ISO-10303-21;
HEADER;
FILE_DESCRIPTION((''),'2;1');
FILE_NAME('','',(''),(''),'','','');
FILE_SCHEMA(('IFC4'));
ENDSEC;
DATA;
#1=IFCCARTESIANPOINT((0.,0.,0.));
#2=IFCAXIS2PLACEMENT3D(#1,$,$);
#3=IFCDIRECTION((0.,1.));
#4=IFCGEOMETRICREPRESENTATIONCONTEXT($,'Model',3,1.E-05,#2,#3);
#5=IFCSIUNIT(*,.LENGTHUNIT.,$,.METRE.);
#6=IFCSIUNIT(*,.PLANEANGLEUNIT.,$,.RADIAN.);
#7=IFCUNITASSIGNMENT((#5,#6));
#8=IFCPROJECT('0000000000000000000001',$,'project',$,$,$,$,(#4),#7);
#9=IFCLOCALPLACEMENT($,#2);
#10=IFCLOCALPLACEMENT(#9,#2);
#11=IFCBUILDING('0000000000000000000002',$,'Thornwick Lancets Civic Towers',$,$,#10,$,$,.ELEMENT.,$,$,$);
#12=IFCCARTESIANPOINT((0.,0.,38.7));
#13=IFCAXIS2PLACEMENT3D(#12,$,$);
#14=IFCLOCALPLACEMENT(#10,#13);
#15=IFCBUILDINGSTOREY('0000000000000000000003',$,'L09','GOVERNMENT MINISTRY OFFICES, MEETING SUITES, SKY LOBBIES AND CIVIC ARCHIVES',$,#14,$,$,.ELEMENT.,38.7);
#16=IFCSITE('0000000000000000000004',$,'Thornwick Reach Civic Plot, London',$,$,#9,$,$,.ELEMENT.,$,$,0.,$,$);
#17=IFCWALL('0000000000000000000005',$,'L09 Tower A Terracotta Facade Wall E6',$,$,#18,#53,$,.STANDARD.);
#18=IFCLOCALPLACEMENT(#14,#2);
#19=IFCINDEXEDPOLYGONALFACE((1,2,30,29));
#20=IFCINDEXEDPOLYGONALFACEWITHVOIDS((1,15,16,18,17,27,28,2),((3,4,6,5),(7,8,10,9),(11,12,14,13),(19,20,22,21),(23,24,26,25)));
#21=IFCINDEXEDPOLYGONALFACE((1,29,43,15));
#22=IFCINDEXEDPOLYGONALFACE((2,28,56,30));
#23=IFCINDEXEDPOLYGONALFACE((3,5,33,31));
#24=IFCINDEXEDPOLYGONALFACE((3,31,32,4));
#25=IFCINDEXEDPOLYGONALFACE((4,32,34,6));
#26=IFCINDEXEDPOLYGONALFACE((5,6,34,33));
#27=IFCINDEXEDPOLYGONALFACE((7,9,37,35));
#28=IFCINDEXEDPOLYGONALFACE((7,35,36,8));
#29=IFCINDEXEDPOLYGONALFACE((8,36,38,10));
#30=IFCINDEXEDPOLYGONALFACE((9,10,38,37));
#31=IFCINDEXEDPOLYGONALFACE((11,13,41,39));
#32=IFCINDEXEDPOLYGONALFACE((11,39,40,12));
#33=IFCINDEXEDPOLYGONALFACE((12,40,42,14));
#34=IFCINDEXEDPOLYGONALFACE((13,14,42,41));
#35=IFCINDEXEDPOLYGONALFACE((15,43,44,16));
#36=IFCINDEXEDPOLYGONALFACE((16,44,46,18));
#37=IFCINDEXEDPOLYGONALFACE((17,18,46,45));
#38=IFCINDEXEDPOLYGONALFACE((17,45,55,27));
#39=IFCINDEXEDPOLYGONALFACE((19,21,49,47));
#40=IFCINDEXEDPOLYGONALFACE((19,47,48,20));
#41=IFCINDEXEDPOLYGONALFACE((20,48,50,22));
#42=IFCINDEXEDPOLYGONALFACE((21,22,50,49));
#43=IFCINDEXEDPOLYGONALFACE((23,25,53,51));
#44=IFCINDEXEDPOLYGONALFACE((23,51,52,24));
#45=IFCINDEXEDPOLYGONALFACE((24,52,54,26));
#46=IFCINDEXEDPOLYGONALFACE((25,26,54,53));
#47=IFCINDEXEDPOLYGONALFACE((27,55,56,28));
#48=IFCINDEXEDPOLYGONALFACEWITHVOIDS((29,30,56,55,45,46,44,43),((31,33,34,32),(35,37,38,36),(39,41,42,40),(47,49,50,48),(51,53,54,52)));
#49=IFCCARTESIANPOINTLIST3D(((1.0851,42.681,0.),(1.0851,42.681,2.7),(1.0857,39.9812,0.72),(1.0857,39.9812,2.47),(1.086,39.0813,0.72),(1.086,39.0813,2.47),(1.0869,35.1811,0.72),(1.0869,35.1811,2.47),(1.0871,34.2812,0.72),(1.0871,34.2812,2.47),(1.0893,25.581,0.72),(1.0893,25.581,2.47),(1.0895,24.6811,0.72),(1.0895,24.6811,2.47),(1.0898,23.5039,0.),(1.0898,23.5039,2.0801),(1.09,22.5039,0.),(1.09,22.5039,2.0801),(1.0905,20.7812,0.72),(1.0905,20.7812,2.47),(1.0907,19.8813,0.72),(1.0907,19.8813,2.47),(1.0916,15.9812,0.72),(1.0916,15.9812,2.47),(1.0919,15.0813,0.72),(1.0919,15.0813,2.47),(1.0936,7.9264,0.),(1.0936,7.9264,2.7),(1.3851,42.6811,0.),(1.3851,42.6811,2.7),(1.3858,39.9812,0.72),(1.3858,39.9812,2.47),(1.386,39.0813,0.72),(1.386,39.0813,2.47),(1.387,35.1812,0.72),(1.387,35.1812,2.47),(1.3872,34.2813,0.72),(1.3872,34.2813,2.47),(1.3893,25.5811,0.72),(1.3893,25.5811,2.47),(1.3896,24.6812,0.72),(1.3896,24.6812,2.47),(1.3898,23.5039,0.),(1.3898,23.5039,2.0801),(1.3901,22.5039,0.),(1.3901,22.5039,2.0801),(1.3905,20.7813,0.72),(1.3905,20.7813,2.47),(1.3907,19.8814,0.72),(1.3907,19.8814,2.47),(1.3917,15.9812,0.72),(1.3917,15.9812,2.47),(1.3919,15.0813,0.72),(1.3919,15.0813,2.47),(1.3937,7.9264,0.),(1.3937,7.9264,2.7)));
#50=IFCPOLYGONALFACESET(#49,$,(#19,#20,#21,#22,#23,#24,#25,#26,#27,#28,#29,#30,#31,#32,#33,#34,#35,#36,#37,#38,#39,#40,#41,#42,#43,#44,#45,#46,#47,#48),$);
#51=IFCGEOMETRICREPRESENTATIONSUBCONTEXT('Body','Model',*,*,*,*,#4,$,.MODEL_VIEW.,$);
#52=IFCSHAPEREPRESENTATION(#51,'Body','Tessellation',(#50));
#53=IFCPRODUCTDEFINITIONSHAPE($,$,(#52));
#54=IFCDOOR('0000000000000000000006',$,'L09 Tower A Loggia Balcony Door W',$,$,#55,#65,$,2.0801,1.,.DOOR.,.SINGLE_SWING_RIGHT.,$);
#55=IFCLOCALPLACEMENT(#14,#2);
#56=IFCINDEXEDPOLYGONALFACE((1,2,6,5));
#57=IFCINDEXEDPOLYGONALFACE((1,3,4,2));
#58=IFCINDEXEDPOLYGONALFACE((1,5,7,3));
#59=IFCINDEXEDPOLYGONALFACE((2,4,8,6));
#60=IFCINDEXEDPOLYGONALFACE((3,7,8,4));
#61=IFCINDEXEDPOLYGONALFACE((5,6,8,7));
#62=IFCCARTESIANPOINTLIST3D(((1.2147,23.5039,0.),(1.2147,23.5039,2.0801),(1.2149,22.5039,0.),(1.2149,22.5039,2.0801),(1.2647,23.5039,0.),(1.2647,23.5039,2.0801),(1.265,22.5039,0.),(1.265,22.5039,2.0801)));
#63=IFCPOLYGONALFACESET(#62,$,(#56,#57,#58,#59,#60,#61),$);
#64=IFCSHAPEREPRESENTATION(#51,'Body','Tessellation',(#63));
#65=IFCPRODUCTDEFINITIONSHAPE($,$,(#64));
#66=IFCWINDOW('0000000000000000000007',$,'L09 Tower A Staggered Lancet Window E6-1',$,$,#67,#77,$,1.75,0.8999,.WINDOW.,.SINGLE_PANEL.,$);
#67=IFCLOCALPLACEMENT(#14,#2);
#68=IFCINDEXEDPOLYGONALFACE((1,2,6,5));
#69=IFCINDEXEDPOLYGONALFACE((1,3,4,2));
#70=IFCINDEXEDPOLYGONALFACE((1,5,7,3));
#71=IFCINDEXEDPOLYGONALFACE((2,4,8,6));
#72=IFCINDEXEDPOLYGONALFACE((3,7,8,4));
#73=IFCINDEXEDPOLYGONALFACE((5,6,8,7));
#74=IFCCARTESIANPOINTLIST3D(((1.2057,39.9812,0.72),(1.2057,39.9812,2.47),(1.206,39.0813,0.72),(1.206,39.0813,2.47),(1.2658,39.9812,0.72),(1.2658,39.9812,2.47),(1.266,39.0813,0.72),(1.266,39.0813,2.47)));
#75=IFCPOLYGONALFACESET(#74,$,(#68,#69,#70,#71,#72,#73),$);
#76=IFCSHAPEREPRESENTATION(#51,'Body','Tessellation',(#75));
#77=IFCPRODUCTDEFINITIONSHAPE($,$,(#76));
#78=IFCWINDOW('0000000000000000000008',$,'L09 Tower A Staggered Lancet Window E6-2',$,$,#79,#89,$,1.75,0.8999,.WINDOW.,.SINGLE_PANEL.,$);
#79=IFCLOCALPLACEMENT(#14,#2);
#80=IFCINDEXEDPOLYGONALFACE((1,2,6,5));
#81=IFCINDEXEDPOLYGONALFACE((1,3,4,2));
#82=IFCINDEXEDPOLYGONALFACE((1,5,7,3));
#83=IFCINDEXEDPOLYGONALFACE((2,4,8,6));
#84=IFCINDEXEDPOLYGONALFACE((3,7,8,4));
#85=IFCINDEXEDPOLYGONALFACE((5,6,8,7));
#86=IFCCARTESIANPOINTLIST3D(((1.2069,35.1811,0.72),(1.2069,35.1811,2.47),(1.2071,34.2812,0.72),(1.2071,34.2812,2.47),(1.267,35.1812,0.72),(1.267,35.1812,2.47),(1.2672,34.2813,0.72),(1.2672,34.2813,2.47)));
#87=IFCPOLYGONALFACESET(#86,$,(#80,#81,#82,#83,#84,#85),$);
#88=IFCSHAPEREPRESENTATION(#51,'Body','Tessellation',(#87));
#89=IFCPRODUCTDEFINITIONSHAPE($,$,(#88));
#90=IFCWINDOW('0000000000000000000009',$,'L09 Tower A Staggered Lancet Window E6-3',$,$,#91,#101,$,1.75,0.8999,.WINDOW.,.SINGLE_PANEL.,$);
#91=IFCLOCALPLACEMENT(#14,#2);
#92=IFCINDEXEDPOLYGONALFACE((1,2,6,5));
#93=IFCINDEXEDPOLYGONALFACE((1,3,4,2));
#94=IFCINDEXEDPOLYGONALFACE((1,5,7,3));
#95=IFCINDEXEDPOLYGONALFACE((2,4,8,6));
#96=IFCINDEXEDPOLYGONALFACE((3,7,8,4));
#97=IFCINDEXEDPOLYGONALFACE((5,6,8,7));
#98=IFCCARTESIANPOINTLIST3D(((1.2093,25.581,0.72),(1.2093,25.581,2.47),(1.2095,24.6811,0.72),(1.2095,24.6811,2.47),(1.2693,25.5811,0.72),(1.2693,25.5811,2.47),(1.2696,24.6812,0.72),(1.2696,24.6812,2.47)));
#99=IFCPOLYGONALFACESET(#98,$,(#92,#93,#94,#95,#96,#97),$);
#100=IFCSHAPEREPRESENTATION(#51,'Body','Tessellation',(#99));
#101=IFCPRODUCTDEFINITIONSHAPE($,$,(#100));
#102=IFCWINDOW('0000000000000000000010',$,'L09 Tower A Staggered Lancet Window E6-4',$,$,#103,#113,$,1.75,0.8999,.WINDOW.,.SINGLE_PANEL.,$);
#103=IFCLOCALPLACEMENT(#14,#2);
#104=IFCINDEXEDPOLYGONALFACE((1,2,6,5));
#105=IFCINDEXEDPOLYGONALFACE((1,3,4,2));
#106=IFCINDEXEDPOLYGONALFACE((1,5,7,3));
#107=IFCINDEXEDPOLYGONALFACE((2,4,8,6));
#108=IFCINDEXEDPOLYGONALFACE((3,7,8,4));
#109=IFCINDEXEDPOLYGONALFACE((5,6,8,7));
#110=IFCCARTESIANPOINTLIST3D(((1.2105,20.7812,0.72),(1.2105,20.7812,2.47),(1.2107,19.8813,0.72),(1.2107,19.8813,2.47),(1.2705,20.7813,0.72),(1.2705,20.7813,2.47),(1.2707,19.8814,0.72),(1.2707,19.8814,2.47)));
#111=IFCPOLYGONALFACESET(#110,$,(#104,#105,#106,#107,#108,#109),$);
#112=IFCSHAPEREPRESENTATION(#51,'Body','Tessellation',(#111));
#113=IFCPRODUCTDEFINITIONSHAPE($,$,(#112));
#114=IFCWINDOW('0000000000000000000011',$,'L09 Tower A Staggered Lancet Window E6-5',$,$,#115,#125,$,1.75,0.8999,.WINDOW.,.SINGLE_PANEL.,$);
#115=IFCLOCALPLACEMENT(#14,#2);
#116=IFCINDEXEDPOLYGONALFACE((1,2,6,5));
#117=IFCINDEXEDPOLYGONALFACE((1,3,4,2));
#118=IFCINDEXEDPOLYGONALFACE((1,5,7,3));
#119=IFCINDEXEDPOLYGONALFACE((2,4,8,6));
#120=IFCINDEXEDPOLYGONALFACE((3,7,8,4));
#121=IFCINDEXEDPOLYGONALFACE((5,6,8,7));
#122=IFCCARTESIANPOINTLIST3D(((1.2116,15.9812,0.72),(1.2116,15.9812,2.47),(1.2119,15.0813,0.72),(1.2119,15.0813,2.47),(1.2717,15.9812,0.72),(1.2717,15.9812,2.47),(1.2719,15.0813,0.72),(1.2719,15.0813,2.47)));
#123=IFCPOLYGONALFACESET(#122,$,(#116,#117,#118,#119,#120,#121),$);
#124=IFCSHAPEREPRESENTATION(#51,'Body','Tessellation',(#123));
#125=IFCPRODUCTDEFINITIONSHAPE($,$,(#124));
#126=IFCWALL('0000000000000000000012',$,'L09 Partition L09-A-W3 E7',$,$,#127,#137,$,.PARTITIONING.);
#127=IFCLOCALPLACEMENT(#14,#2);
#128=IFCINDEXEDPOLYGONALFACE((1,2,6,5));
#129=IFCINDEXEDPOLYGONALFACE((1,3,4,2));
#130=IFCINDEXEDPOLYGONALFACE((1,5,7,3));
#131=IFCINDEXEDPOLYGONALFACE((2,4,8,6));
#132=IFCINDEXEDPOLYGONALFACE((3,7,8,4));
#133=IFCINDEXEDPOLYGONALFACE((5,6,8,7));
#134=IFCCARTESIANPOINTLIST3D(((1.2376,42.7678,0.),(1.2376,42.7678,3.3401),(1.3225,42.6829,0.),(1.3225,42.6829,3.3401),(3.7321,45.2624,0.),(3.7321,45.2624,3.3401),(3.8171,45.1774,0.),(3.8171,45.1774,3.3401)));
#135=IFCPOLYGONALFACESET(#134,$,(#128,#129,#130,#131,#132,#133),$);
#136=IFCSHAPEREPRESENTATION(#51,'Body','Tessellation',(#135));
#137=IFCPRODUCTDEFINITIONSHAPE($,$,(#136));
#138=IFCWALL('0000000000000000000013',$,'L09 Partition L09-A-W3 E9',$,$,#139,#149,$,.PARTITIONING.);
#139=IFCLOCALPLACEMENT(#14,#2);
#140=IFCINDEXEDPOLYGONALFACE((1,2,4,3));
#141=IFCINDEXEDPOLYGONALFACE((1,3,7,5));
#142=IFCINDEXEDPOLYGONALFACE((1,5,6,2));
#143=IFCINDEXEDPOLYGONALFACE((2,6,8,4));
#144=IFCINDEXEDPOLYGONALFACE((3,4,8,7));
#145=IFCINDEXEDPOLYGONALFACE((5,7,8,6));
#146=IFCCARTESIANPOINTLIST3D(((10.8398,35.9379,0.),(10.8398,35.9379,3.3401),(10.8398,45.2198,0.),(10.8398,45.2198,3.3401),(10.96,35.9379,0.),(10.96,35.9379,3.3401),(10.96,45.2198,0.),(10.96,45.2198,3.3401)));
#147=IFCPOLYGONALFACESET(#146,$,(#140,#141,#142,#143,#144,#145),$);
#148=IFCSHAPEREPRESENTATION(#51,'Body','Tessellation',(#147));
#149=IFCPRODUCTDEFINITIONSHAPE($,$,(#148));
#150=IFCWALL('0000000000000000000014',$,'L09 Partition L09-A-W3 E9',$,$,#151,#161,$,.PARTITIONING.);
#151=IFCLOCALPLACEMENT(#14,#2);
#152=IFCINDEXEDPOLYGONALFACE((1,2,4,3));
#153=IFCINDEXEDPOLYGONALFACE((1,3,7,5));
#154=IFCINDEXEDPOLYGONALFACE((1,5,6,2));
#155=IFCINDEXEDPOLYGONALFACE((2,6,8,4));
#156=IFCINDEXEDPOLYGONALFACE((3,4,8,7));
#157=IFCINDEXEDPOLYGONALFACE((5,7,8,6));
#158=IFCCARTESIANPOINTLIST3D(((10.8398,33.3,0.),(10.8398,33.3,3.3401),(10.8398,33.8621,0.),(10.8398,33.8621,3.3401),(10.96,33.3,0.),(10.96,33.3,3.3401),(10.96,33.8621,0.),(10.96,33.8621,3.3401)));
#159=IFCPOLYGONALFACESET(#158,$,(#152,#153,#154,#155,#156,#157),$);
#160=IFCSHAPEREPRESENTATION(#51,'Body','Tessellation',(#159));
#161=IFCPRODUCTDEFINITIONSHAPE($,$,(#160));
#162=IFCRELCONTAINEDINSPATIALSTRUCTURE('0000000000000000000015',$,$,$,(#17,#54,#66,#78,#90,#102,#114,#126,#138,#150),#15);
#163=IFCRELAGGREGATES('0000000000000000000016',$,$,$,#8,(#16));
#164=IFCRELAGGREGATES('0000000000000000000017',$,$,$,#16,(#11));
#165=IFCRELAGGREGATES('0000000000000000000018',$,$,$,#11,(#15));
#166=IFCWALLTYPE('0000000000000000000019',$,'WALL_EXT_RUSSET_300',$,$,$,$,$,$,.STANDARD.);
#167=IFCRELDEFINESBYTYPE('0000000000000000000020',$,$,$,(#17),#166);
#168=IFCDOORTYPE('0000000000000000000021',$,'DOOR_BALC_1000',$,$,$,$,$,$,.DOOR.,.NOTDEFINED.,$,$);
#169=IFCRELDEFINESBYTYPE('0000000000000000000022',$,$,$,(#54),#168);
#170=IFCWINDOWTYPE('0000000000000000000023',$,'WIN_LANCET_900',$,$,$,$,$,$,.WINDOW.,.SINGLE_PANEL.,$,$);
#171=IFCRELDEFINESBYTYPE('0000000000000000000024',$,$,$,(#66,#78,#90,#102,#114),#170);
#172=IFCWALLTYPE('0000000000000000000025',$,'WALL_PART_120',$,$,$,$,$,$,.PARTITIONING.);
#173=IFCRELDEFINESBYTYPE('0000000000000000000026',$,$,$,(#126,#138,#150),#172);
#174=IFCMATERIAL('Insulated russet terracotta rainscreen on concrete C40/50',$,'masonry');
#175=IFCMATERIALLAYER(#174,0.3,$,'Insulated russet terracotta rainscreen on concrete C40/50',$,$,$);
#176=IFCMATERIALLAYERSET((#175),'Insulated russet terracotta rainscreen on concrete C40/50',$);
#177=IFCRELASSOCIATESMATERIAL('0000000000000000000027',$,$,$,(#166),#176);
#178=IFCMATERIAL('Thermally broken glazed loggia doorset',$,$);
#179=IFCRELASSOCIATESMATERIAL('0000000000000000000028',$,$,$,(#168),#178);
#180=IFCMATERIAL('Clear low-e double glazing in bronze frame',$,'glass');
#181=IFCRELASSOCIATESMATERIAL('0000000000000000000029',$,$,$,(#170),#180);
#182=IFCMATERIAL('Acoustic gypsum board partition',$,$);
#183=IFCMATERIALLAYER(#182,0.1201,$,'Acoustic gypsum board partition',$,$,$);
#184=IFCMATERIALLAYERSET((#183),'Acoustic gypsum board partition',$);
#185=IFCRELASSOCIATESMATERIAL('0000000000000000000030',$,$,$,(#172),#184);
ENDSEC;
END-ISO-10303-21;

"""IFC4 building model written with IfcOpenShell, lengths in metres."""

from ifc_helpers import new_model, si_unit, direction, frame, frame_2d, origin, place, context, subcontext, project, spatial, rectangle, extrude, material, layer, layer_set, type_object, element, fill, save


model = new_model("IFC4")

# Units and contexts
model_context = context("Model", 3, precision=1e-05, world=origin(), true_north=direction((0.0, 1.0)))
body_context = subcontext(model_context, "Body", "Model", "MODEL_VIEW")
ifc_project = project(units=[si_unit("LENGTHUNIT", "METRE"), si_unit("PLANEANGLEUNIT", "RADIAN")], contexts=[model_context])

# Site, building, storey
site_placement = place(None, origin())
site = spatial("IfcSite", under=ifc_project, at=site_placement, Name="Thornwick Reach Civic Plot, London", CompositionType="ELEMENT", RefElevation=0.0)
building_placement = place(site_placement, origin())
building = spatial("IfcBuilding", under=site, at=building_placement, Name="Thornwick Lancets Civic Towers", CompositionType="ELEMENT")
storey_placement = place(building_placement, frame((0.0, 0.0, 38.7)))
storey = spatial("IfcBuildingStorey", under=building, at=storey_placement, Name="L09", Description="GOVERNMENT MINISTRY OFFICES, MEETING SUITES, SKY LOBBIES AND CIVIC ARCHIVES", CompositionType="ELEMENT", Elevation=38.7)

# Wall, openings, door, windows
ifc_material_1 = material(Name="Insulated russet terracotta rainscreen on concrete C40/50", Category="masonry")
ifc_layer_1 = layer(ifc_material_1, 0.3, Name="Insulated russet terracotta rainscreen on concrete C40/50")
ifc_layer_set_1 = layer_set([ifc_layer_1], Name="Insulated russet terracotta rainscreen on concrete C40/50")
wall_type_1 = type_object("IfcWallType", Name="WALL_EXT_RUSSET_300", PredefinedType="STANDARD", material=ifc_layer_set_1)
wall_1_placement = place(storey_placement, frame((1.2351, 42.6812, 0.0), z_axis=(0.0, 0.0, 1.0), x_axis=(0.000246, -1.0, 0.0)))
wall_1 = element("IfcWall", 1, at=wall_1_placement, inside=storey, type_object=wall_type_1, Name="L09 Tower A Terracotta Facade Wall E6", PredefinedType="STANDARD", context=body_context, shape_type="SweptSolid", body=[
    extrude(rectangle(XDim=34.7546, YDim=0.3, at=frame_2d((17.3774, 0.0))), origin(), (0.0, 0.0, 1.0), 2.7),
])
opening_1_placement = place(wall_1_placement, frame((19.1772, 0.0, 0.0)))
opening_1 = element("IfcOpeningElement", 2, at=opening_1_placement, cuts=wall_1, PredefinedType="OPENING", context=body_context, shape_type="SweptSolid", body=[
    extrude(rectangle(XDim=1.0, YDim=2.0801, at=frame_2d((0.5, 1.04))), frame((0.0, 0.1602, 0.0), z_axis=(0.0, -1.0, 0.0), x_axis=(1.0, 0.0, 0.0)), (0.0, 0.0, 1.0), 0.3201),
])
opening_2_placement = place(wall_1_placement, frame((2.7, 0.0, 0.72)))
opening_2 = element("IfcOpeningElement", 3, at=opening_2_placement, cuts=wall_1, PredefinedType="OPENING", context=body_context, shape_type="SweptSolid", body=[
    extrude(rectangle(XDim=0.8999, YDim=1.75, at=frame_2d((0.45, 0.875))), frame((0.0, 0.1602, 0.0), z_axis=(0.0, -1.0, 0.0), x_axis=(1.0, 0.0, 0.0)), (0.0, 0.0, 1.0), 0.3201),
])
opening_3_placement = place(wall_1_placement, frame((7.5, 0.0, 0.72)))
opening_3 = element("IfcOpeningElement", 4, at=opening_3_placement, cuts=wall_1, PredefinedType="OPENING", context=body_context, shape_type="SweptSolid", body=[
    extrude(rectangle(XDim=0.8999, YDim=1.75, at=frame_2d((0.45, 0.875))), frame((0.0, 0.1602, 0.0), z_axis=(0.0, -1.0, 0.0), x_axis=(1.0, 0.0, 0.0)), (0.0, 0.0, 1.0), 0.3201),
])
opening_4_placement = place(wall_1_placement, frame((17.1001, 0.0, 0.72)))
opening_4 = element("IfcOpeningElement", 5, at=opening_4_placement, cuts=wall_1, PredefinedType="OPENING", context=body_context, shape_type="SweptSolid", body=[
    extrude(rectangle(XDim=0.8999, YDim=1.75, at=frame_2d((0.45, 0.875))), frame((0.0, 0.1602, 0.0), z_axis=(0.0, -1.0, 0.0), x_axis=(1.0, 0.0, 0.0)), (0.0, 0.0, 1.0), 0.3201),
])
opening_5_placement = place(wall_1_placement, frame((21.8999, 0.0, 0.72)))
opening_5 = element("IfcOpeningElement", 6, at=opening_5_placement, cuts=wall_1, PredefinedType="OPENING", context=body_context, shape_type="SweptSolid", body=[
    extrude(rectangle(XDim=0.8999, YDim=1.75, at=frame_2d((0.45, 0.875))), frame((0.0, 0.1602, 0.0), z_axis=(0.0, -1.0, 0.0), x_axis=(1.0, 0.0, 0.0)), (0.0, 0.0, 1.0), 0.3201),
])
opening_6_placement = place(wall_1_placement, frame((26.7, 0.0, 0.72)))
opening_6 = element("IfcOpeningElement", 7, at=opening_6_placement, cuts=wall_1, PredefinedType="OPENING", context=body_context, shape_type="SweptSolid", body=[
    extrude(rectangle(XDim=0.8999, YDim=1.75, at=frame_2d((0.45, 0.875))), frame((0.0, 0.1602, 0.0), z_axis=(0.0, -1.0, 0.0), x_axis=(1.0, 0.0, 0.0)), (0.0, 0.0, 1.0), 0.3201),
])
ifc_material_2 = material(Name="Thermally broken glazed loggia doorset")
door_type = type_object("IfcDoorType", Name="DOOR_BALC_1000", OperationType="NOTDEFINED", PredefinedType="DOOR", material=ifc_material_2)
door_placement = place(opening_1_placement, origin())
door = element("IfcDoor", 8, at=door_placement, inside=storey, type_object=door_type, Name="L09 Tower A Loggia Balcony Door W", OperationType="SINGLE_SWING_RIGHT", OverallHeight=2.0801, OverallWidth=1.0, PredefinedType="DOOR", context=body_context, shape_type="SweptSolid", body=[
    extrude(rectangle(XDim=1.0, YDim=2.0801, at=frame_2d((0.5, 1.04))), frame((0.0, 0.0249, 0.0), z_axis=(0.0, -1.0, 0.0), x_axis=(1.0, 0.0, 0.0)), (0.0, 0.0, 1.0), 0.05),
])
fill(opening_1, door)
ifc_material_3 = material(Name="Clear low-e double glazing in bronze frame", Category="glass")
window_type = type_object("IfcWindowType", Name="WIN_LANCET_900", PartitioningType="SINGLE_PANEL", PredefinedType="WINDOW", material=ifc_material_3)
window_1_placement = place(opening_2_placement, origin())
window_1 = element("IfcWindow", 9, at=window_1_placement, inside=storey, type_object=window_type, Name="L09 Tower A Staggered Lancet Window E6-1", OverallHeight=1.75, OverallWidth=0.8999, PartitioningType="SINGLE_PANEL", PredefinedType="WINDOW", context=body_context, shape_type="SweptSolid", body=[
    extrude(rectangle(XDim=0.8999, YDim=1.75, at=frame_2d((0.45, 0.875))), frame((0.0, 0.03, 0.0), z_axis=(0.0, -1.0, 0.0), x_axis=(1.0, 0.0, 0.0)), (0.0, 0.0, 1.0), 0.0601),
])
fill(opening_2, window_1)
window_2_placement = place(opening_3_placement, origin())
window_2 = element("IfcWindow", 10, at=window_2_placement, inside=storey, type_object=window_type, Name="L09 Tower A Staggered Lancet Window E6-2", OverallHeight=1.75, OverallWidth=0.8999, PartitioningType="SINGLE_PANEL", PredefinedType="WINDOW", context=body_context, shape_type="SweptSolid", body=[
    extrude(rectangle(XDim=0.8999, YDim=1.75, at=frame_2d((0.45, 0.875))), frame((0.0, 0.03, 0.0), z_axis=(0.0, -1.0, 0.0), x_axis=(1.0, 0.0, 0.0)), (0.0, 0.0, 1.0), 0.0601),
])
fill(opening_3, window_2)
window_3_placement = place(opening_4_placement, origin())
window_3 = element("IfcWindow", 11, at=window_3_placement, inside=storey, type_object=window_type, Name="L09 Tower A Staggered Lancet Window E6-3", OverallHeight=1.75, OverallWidth=0.8999, PartitioningType="SINGLE_PANEL", PredefinedType="WINDOW", context=body_context, shape_type="SweptSolid", body=[
    extrude(rectangle(XDim=0.8999, YDim=1.75, at=frame_2d((0.45, 0.875))), frame((0.0, 0.03, 0.0), z_axis=(0.0, -1.0, 0.0), x_axis=(1.0, 0.0, 0.0)), (0.0, 0.0, 1.0), 0.0601),
])
fill(opening_4, window_3)
window_4_placement = place(opening_5_placement, origin())
window_4 = element("IfcWindow", 12, at=window_4_placement, inside=storey, type_object=window_type, Name="L09 Tower A Staggered Lancet Window E6-4", OverallHeight=1.75, OverallWidth=0.8999, PartitioningType="SINGLE_PANEL", PredefinedType="WINDOW", context=body_context, shape_type="SweptSolid", body=[
    extrude(rectangle(XDim=0.8999, YDim=1.75, at=frame_2d((0.45, 0.875))), frame((0.0, 0.03, 0.0), z_axis=(0.0, -1.0, 0.0), x_axis=(1.0, 0.0, 0.0)), (0.0, 0.0, 1.0), 0.0601),
])
fill(opening_5, window_4)
window_5_placement = place(opening_6_placement, origin())
window_5 = element("IfcWindow", 13, at=window_5_placement, inside=storey, type_object=window_type, Name="L09 Tower A Staggered Lancet Window E6-5", OverallHeight=1.75, OverallWidth=0.8999, PartitioningType="SINGLE_PANEL", PredefinedType="WINDOW", context=body_context, shape_type="SweptSolid", body=[
    extrude(rectangle(XDim=0.8999, YDim=1.75, at=frame_2d((0.45, 0.875))), frame((0.0, 0.03, 0.0), z_axis=(0.0, -1.0, 0.0), x_axis=(1.0, 0.0, 0.0)), (0.0, 0.0, 1.0), 0.0601),
])
fill(opening_6, window_5)

# Walls
ifc_material_4 = material(Name="Acoustic gypsum board partition")
ifc_layer_2 = layer(ifc_material_4, 0.1201, Name="Acoustic gypsum board partition")
ifc_layer_set_2 = layer_set([ifc_layer_2], Name="Acoustic gypsum board partition")
wall_type_2 = type_object("IfcWallType", Name="WALL_PART_120", PredefinedType="PARTITIONING", material=ifc_layer_set_2)
wall_2_placement = place(storey_placement, frame((1.28, 42.7253, 0.0), z_axis=(0.0, 0.0, 1.0), x_axis=(0.707107, 0.707107, 0.0)))
element("IfcWall", 14, at=wall_2_placement, inside=storey, type_object=wall_type_2, Name="L09 Partition L09-A-W3 E7", PredefinedType="PARTITIONING", context=body_context, shape_type="SweptSolid", body=[
    extrude(rectangle(XDim=3.5278, YDim=0.1201, at=frame_2d((1.7639, 0.0))), origin(), (0.0, 0.0, 1.0), 3.3401),
])
wall_3_placement = place(storey_placement, frame((10.8999, 45.22, 0.0), z_axis=(0.0, 0.0, 1.0), x_axis=(0.0, -1.0, 0.0)))
element("IfcWall", 15, at=wall_3_placement, inside=storey, type_object=wall_type_2, Name="L09 Partition L09-A-W3 E9", PredefinedType="PARTITIONING", context=body_context, shape_type="SweptSolid", body=[
    extrude(rectangle(XDim=9.282, YDim=0.1201, at=frame_2d((4.6411, 0.0))), origin(), (0.0, 0.0, 1.0), 3.3401),
])
wall_4_placement = place(storey_placement, frame((10.8999, 33.8621, 0.0), z_axis=(0.0, 0.0, 1.0), x_axis=(0.0, -1.0, 0.0)))
element("IfcWall", 16, at=wall_4_placement, inside=storey, type_object=wall_type_2, Name="L09 Partition L09-A-W3 E9", PredefinedType="PARTITIONING", context=body_context, shape_type="SweptSolid", body=[
    extrude(rectangle(XDim=0.562, YDim=0.1201, at=frame_2d((0.281, 0.0))), origin(), (0.0, 0.0, 1.0), 3.3401),
])

save(model, "model.ifc")
